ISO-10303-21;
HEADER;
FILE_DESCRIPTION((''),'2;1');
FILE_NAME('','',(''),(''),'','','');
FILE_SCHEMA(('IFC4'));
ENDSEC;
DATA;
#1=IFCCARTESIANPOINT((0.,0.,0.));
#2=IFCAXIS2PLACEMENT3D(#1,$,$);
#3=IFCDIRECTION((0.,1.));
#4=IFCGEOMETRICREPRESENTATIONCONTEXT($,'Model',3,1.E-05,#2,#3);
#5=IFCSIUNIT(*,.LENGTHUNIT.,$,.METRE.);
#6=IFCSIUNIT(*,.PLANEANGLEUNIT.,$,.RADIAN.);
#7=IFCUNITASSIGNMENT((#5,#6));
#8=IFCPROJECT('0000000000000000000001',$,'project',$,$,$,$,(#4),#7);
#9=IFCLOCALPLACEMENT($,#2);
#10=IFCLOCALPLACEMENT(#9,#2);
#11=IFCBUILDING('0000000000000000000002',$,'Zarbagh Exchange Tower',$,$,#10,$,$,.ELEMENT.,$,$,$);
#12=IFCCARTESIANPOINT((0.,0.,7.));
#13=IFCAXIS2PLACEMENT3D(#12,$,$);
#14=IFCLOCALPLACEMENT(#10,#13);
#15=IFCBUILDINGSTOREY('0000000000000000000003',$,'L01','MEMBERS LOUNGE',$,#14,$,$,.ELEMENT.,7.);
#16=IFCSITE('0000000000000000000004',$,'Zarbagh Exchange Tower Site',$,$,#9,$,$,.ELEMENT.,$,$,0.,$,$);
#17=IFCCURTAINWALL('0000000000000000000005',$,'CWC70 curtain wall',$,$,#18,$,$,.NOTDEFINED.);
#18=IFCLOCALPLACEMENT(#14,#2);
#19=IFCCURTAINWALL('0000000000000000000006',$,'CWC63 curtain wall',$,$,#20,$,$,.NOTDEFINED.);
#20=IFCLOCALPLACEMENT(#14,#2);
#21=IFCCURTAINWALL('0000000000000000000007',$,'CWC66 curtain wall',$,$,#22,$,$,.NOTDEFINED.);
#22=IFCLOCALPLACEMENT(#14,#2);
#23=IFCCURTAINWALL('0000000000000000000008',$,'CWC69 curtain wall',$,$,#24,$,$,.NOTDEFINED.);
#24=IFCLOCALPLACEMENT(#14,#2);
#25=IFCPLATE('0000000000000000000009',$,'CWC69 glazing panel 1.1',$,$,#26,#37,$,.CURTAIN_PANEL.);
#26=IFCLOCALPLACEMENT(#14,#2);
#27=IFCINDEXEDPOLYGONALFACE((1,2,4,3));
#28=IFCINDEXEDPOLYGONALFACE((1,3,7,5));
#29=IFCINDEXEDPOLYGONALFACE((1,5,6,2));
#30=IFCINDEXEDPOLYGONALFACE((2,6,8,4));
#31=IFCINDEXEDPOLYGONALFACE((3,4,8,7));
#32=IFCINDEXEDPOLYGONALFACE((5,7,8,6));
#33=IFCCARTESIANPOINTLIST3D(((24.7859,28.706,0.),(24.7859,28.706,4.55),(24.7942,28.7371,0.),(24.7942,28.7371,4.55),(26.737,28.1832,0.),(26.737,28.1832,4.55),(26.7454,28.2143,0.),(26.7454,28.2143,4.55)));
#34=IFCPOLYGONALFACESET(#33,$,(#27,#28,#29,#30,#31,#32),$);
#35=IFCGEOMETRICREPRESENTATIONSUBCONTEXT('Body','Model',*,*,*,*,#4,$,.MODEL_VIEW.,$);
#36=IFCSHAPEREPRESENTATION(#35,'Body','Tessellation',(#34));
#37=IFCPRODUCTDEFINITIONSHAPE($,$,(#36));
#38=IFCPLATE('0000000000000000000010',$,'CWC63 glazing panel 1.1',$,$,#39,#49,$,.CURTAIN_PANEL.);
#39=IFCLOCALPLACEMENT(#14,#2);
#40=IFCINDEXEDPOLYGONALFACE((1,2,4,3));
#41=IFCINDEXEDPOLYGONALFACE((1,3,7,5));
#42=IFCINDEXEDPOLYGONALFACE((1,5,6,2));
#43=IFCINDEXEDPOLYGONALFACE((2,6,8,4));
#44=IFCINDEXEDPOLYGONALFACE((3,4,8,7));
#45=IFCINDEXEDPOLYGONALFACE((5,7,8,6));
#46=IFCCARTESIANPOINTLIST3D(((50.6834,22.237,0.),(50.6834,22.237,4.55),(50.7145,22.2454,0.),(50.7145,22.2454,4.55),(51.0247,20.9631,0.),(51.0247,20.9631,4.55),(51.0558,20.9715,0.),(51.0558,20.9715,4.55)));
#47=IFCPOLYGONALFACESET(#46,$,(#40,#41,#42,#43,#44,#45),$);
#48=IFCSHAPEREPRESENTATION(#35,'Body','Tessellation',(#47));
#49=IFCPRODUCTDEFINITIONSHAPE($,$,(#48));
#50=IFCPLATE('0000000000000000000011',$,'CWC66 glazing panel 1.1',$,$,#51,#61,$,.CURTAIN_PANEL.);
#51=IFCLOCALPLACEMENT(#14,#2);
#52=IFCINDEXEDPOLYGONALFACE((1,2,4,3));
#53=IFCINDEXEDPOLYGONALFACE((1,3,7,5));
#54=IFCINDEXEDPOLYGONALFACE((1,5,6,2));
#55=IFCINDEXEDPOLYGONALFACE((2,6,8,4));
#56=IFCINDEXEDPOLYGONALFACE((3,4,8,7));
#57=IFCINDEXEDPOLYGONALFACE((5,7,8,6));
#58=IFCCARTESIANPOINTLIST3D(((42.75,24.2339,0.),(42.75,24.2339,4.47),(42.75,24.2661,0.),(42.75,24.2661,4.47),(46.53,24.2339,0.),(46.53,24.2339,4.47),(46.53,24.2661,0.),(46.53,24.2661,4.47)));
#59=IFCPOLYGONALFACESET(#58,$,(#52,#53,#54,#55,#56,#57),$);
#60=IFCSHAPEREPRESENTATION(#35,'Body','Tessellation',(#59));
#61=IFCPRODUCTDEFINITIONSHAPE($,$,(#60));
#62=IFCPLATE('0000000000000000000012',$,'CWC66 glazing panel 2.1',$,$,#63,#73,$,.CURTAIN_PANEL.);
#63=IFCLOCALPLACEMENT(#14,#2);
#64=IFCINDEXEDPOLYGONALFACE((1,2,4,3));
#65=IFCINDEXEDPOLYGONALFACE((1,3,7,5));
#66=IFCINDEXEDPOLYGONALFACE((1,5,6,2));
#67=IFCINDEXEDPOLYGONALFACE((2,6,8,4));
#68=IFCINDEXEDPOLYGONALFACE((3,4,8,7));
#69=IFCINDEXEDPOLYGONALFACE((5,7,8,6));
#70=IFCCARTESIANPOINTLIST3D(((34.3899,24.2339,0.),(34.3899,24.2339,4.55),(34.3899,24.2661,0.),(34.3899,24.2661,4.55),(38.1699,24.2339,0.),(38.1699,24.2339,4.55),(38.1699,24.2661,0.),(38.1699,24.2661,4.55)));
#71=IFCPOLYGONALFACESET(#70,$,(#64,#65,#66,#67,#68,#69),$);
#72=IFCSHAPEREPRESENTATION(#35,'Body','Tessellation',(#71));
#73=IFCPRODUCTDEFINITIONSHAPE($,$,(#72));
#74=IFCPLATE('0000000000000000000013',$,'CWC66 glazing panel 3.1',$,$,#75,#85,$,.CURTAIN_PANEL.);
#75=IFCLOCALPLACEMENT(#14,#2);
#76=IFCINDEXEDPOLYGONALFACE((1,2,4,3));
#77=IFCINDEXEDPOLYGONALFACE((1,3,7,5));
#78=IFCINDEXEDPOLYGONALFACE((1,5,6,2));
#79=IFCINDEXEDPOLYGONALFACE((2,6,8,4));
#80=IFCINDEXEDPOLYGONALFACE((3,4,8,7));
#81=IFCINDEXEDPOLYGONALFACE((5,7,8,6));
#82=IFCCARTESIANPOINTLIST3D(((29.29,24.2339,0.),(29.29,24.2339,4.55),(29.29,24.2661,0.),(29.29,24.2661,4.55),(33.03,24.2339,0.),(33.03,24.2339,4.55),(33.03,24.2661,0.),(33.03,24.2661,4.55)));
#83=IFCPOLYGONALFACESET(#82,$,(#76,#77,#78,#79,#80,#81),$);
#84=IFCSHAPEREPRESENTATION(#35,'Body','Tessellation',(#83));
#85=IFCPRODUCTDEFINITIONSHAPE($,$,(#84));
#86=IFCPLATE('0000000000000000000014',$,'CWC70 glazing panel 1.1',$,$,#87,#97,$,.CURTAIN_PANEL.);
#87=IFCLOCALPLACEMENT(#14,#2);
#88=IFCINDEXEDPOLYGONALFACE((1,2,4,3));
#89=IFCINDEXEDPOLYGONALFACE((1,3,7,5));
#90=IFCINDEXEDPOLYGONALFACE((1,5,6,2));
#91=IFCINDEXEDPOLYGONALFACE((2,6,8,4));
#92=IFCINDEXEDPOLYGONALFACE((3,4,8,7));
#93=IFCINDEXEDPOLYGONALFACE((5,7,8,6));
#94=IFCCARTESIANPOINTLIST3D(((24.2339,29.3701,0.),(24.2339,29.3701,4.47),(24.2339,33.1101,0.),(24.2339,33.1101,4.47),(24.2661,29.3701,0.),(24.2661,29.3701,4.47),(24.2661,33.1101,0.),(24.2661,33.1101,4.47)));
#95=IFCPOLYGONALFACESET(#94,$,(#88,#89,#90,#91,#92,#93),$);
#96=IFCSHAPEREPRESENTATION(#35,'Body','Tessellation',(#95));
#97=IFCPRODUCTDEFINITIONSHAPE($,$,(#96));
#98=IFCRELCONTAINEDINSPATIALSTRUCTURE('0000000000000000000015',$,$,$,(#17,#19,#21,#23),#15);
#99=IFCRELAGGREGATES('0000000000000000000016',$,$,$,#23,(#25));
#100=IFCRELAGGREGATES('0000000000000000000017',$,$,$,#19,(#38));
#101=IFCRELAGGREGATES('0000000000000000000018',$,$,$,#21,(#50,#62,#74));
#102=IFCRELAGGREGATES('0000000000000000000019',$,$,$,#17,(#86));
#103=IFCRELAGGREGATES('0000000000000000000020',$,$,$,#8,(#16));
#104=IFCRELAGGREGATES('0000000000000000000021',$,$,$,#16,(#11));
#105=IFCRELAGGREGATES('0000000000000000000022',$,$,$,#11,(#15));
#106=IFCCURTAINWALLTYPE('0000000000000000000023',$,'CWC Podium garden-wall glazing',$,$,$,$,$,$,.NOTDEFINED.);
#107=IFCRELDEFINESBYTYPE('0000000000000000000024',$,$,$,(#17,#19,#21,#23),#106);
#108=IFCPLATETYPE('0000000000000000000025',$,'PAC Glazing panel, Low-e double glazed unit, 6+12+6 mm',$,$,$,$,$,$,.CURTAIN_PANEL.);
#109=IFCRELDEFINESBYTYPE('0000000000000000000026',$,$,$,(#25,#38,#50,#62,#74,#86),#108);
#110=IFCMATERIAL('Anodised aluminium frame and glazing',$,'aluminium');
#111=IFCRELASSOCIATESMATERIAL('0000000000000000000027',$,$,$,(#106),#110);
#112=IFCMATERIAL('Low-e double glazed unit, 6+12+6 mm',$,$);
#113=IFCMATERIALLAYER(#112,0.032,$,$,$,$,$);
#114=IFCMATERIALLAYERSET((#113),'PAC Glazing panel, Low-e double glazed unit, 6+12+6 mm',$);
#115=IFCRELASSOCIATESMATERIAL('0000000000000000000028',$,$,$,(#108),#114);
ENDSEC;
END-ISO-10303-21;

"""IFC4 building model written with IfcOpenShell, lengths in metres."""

from ifc_helpers import new_model, si_unit, direction, frame, origin, place, context, subcontext, project, spatial, polyline, outline, extrude, source, transform, mapped, material, layer, layer_set, type_object, element, aggregate, save


model = new_model("IFC4")

# Units and contexts
model_context = context("Model", 3, precision=1e-05, world=origin(), true_north=direction((0.0, 1.0)))
body_context = subcontext(model_context, "Body", "Model", "MODEL_VIEW")
ifc_project = project(units=[si_unit("LENGTHUNIT", "METRE"), si_unit("PLANEANGLEUNIT", "RADIAN")], contexts=[model_context])

# Site, building, storey
site_placement = place(None, origin())
site = spatial("IfcSite", under=ifc_project, at=site_placement, Name="Zarbagh Exchange Tower Site", CompositionType="ELEMENT", RefElevation=0.0)
building_placement = place(site_placement, origin())
building = spatial("IfcBuilding", under=site, at=building_placement, Name="Zarbagh Exchange Tower", CompositionType="ELEMENT")
storey_placement = place(building_placement, frame((0.0, 0.0, 7.0)))
storey = spatial("IfcBuildingStorey", under=building, at=storey_placement, Name="L01", Description="MEMBERS LOUNGE", CompositionType="ELEMENT", Elevation=7.0)

# Curtain walls
ifc_material_1 = material(Name="Anodised aluminium frame and glazing", Category="aluminium")
curtain_wall_type = type_object("IfcCurtainWallType", Name="CWC Podium garden-wall glazing", PredefinedType="NOTDEFINED", material=ifc_material_1)
curtain_wall_1_placement = place(storey_placement, origin())
curtain_wall_1 = element("IfcCurtainWall", 1, at=curtain_wall_1_placement, inside=storey, type_object=curtain_wall_type, Name="CWC70 curtain wall", PredefinedType="NOTDEFINED")
placement = place(storey_placement, origin())
curtain_wall_2_placement = place(storey_placement, origin())
curtain_wall_2 = element("IfcCurtainWall", 2, at=curtain_wall_2_placement, inside=storey, type_object=curtain_wall_type, Name="CWC63 curtain wall", PredefinedType="NOTDEFINED")

# Curtain wall
curtain_wall_3_placement = place(storey_placement, origin())
curtain_wall_3 = element("IfcCurtainWall", 3, at=curtain_wall_3_placement, inside=storey, type_object=curtain_wall_type, Name="CWC66 curtain wall", PredefinedType="NOTDEFINED")

# Shared definitions
ifc_material_2 = material(Name="Low-e double glazed unit, 6+12+6 mm")
ifc_layer = layer(ifc_material_2, 0.032)
ifc_layer_set = layer_set([ifc_layer], Name="PAC Glazing panel, Low-e double glazed unit, 6+12+6 mm")
plate_type = type_object("IfcPlateType", Name="PAC Glazing panel, Low-e double glazed unit, 6+12+6 mm", PredefinedType="CURTAIN_PANEL", material=ifc_layer_set)

# Curtain wall, plate
curtain_wall_4_placement = place(storey_placement, origin())
curtain_wall_4 = element("IfcCurtainWall", 4, at=curtain_wall_4_placement, inside=storey, type_object=curtain_wall_type, Name="CWC69 curtain wall", PredefinedType="NOTDEFINED")
shared_shape_1 = source(origin(), body_context, "Body", "SweptSolid", [
    extrude(outline(polyline([(0.0, -0.0161), (2.02, -0.0161), (2.02, 0.0161), (0.0, 0.0161), (0.0, -0.0161)])), origin(), (0.0, 0.0, 1.0), 4.55),
])
plate_1 = element("IfcPlate", 5, at=placement, type_object=plate_type, Name="CWC69 glazing panel 1.1", PredefinedType="CURTAIN_PANEL", context=body_context, shape_type="MappedRepresentation", body=[
    mapped(shared_shape_1, transform((26.7412, 28.1987, 0.0), x_axis=(-0.965924, 0.258825, 0.0), y_axis=(-0.258825, -0.965924, 0.0), z_axis=(0.0, 0.0, 1.0))),
])
aggregate(curtain_wall_4, [plate_1])

# Plates
shared_shape_2 = source(origin(), body_context, "Body", "SweptSolid", [
    extrude(outline(polyline([(0.0, -0.0161), (1.3188, -0.0161), (1.3188, 0.0161), (0.0, 0.0161), (0.0, -0.0161)])), origin(), (0.0, 0.0, 1.0), 4.55),
])
plate_2 = element("IfcPlate", 6, at=placement, type_object=plate_type, Name="CWC63 glazing panel 1.1", PredefinedType="CURTAIN_PANEL", context=body_context, shape_type="MappedRepresentation", body=[
    mapped(shared_shape_2, transform((51.0403, 20.9673, 0.0), x_axis=(-0.258825, 0.965924, 0.0), y_axis=(-0.965924, -0.258825, 0.0), z_axis=(0.0, 0.0, 1.0))),
])
aggregate(curtain_wall_2, [plate_2])
shared_shape_3 = source(origin(), body_context, "Body", "SweptSolid", [
    extrude(outline(polyline([(0.0, -0.0161), (3.78, -0.0161), (3.78, 0.0161), (0.0, 0.0161), (0.0, -0.0161)])), origin(), (0.0, 0.0, 1.0), 4.47),
])
plate_3 = element("IfcPlate", 7, at=placement, type_object=plate_type, Name="CWC66 glazing panel 1.1", PredefinedType="CURTAIN_PANEL", context=body_context, shape_type="MappedRepresentation", body=[
    mapped(shared_shape_3, transform((46.53, 24.25, 0.0), x_axis=(-1.0, 0.0, 0.0), y_axis=(0.0, -1.0, 0.0), z_axis=(0.0, 0.0, 1.0))),
])
shared_shape_4 = source(origin(), body_context, "Body", "SweptSolid", [
    extrude(outline(polyline([(0.0, -0.0161), (3.78, -0.0161), (3.78, 0.0161), (0.0, 0.0161), (0.0, -0.0161)])), origin(), (0.0, 0.0, 1.0), 4.55),
])
plate_4 = element("IfcPlate", 8, at=placement, type_object=plate_type, Name="CWC66 glazing panel 2.1", PredefinedType="CURTAIN_PANEL", context=body_context, shape_type="MappedRepresentation", body=[
    mapped(shared_shape_4, transform((38.1699, 24.25, 0.0), x_axis=(-1.0, 0.0, 0.0), y_axis=(0.0, -1.0, 0.0), z_axis=(0.0, 0.0, 1.0))),
])
shared_shape_5 = source(origin(), body_context, "Body", "SweptSolid", [
    extrude(outline(polyline([(0.0, -0.0161), (3.74, -0.0161), (3.74, 0.0161), (0.0, 0.0161), (0.0, -0.0161)])), origin(), (0.0, 0.0, 1.0), 4.55),
])
plate_5 = element("IfcPlate", 9, at=placement, type_object=plate_type, Name="CWC66 glazing panel 3.1", PredefinedType="CURTAIN_PANEL", context=body_context, shape_type="MappedRepresentation", body=[
    mapped(shared_shape_5, transform((33.03, 24.25, 0.0), x_axis=(-1.0, 0.0, 0.0), y_axis=(0.0, -1.0, 0.0), z_axis=(0.0, 0.0, 1.0))),
])
aggregate(curtain_wall_3, [plate_3, plate_4, plate_5])
shared_shape_6 = source(origin(), body_context, "Body", "SweptSolid", [
    extrude(outline(polyline([(0.0, -0.0161), (3.74, -0.0161), (3.74, 0.0161), (0.0, 0.0161), (0.0, -0.0161)])), origin(), (0.0, 0.0, 1.0), 4.47),
])
plate_6 = element("IfcPlate", 10, at=placement, type_object=plate_type, Name="CWC70 glazing panel 1.1", PredefinedType="CURTAIN_PANEL", context=body_context, shape_type="MappedRepresentation", body=[
    mapped(shared_shape_6, transform((24.25, 29.3701, 0.0), x_axis=(0.0, 1.0, 0.0), y_axis=(-1.0, 0.0, 0.0), z_axis=(0.0, 0.0, 1.0))),
])
aggregate(curtain_wall_1, [plate_6])

save(model, "model.ifc")
